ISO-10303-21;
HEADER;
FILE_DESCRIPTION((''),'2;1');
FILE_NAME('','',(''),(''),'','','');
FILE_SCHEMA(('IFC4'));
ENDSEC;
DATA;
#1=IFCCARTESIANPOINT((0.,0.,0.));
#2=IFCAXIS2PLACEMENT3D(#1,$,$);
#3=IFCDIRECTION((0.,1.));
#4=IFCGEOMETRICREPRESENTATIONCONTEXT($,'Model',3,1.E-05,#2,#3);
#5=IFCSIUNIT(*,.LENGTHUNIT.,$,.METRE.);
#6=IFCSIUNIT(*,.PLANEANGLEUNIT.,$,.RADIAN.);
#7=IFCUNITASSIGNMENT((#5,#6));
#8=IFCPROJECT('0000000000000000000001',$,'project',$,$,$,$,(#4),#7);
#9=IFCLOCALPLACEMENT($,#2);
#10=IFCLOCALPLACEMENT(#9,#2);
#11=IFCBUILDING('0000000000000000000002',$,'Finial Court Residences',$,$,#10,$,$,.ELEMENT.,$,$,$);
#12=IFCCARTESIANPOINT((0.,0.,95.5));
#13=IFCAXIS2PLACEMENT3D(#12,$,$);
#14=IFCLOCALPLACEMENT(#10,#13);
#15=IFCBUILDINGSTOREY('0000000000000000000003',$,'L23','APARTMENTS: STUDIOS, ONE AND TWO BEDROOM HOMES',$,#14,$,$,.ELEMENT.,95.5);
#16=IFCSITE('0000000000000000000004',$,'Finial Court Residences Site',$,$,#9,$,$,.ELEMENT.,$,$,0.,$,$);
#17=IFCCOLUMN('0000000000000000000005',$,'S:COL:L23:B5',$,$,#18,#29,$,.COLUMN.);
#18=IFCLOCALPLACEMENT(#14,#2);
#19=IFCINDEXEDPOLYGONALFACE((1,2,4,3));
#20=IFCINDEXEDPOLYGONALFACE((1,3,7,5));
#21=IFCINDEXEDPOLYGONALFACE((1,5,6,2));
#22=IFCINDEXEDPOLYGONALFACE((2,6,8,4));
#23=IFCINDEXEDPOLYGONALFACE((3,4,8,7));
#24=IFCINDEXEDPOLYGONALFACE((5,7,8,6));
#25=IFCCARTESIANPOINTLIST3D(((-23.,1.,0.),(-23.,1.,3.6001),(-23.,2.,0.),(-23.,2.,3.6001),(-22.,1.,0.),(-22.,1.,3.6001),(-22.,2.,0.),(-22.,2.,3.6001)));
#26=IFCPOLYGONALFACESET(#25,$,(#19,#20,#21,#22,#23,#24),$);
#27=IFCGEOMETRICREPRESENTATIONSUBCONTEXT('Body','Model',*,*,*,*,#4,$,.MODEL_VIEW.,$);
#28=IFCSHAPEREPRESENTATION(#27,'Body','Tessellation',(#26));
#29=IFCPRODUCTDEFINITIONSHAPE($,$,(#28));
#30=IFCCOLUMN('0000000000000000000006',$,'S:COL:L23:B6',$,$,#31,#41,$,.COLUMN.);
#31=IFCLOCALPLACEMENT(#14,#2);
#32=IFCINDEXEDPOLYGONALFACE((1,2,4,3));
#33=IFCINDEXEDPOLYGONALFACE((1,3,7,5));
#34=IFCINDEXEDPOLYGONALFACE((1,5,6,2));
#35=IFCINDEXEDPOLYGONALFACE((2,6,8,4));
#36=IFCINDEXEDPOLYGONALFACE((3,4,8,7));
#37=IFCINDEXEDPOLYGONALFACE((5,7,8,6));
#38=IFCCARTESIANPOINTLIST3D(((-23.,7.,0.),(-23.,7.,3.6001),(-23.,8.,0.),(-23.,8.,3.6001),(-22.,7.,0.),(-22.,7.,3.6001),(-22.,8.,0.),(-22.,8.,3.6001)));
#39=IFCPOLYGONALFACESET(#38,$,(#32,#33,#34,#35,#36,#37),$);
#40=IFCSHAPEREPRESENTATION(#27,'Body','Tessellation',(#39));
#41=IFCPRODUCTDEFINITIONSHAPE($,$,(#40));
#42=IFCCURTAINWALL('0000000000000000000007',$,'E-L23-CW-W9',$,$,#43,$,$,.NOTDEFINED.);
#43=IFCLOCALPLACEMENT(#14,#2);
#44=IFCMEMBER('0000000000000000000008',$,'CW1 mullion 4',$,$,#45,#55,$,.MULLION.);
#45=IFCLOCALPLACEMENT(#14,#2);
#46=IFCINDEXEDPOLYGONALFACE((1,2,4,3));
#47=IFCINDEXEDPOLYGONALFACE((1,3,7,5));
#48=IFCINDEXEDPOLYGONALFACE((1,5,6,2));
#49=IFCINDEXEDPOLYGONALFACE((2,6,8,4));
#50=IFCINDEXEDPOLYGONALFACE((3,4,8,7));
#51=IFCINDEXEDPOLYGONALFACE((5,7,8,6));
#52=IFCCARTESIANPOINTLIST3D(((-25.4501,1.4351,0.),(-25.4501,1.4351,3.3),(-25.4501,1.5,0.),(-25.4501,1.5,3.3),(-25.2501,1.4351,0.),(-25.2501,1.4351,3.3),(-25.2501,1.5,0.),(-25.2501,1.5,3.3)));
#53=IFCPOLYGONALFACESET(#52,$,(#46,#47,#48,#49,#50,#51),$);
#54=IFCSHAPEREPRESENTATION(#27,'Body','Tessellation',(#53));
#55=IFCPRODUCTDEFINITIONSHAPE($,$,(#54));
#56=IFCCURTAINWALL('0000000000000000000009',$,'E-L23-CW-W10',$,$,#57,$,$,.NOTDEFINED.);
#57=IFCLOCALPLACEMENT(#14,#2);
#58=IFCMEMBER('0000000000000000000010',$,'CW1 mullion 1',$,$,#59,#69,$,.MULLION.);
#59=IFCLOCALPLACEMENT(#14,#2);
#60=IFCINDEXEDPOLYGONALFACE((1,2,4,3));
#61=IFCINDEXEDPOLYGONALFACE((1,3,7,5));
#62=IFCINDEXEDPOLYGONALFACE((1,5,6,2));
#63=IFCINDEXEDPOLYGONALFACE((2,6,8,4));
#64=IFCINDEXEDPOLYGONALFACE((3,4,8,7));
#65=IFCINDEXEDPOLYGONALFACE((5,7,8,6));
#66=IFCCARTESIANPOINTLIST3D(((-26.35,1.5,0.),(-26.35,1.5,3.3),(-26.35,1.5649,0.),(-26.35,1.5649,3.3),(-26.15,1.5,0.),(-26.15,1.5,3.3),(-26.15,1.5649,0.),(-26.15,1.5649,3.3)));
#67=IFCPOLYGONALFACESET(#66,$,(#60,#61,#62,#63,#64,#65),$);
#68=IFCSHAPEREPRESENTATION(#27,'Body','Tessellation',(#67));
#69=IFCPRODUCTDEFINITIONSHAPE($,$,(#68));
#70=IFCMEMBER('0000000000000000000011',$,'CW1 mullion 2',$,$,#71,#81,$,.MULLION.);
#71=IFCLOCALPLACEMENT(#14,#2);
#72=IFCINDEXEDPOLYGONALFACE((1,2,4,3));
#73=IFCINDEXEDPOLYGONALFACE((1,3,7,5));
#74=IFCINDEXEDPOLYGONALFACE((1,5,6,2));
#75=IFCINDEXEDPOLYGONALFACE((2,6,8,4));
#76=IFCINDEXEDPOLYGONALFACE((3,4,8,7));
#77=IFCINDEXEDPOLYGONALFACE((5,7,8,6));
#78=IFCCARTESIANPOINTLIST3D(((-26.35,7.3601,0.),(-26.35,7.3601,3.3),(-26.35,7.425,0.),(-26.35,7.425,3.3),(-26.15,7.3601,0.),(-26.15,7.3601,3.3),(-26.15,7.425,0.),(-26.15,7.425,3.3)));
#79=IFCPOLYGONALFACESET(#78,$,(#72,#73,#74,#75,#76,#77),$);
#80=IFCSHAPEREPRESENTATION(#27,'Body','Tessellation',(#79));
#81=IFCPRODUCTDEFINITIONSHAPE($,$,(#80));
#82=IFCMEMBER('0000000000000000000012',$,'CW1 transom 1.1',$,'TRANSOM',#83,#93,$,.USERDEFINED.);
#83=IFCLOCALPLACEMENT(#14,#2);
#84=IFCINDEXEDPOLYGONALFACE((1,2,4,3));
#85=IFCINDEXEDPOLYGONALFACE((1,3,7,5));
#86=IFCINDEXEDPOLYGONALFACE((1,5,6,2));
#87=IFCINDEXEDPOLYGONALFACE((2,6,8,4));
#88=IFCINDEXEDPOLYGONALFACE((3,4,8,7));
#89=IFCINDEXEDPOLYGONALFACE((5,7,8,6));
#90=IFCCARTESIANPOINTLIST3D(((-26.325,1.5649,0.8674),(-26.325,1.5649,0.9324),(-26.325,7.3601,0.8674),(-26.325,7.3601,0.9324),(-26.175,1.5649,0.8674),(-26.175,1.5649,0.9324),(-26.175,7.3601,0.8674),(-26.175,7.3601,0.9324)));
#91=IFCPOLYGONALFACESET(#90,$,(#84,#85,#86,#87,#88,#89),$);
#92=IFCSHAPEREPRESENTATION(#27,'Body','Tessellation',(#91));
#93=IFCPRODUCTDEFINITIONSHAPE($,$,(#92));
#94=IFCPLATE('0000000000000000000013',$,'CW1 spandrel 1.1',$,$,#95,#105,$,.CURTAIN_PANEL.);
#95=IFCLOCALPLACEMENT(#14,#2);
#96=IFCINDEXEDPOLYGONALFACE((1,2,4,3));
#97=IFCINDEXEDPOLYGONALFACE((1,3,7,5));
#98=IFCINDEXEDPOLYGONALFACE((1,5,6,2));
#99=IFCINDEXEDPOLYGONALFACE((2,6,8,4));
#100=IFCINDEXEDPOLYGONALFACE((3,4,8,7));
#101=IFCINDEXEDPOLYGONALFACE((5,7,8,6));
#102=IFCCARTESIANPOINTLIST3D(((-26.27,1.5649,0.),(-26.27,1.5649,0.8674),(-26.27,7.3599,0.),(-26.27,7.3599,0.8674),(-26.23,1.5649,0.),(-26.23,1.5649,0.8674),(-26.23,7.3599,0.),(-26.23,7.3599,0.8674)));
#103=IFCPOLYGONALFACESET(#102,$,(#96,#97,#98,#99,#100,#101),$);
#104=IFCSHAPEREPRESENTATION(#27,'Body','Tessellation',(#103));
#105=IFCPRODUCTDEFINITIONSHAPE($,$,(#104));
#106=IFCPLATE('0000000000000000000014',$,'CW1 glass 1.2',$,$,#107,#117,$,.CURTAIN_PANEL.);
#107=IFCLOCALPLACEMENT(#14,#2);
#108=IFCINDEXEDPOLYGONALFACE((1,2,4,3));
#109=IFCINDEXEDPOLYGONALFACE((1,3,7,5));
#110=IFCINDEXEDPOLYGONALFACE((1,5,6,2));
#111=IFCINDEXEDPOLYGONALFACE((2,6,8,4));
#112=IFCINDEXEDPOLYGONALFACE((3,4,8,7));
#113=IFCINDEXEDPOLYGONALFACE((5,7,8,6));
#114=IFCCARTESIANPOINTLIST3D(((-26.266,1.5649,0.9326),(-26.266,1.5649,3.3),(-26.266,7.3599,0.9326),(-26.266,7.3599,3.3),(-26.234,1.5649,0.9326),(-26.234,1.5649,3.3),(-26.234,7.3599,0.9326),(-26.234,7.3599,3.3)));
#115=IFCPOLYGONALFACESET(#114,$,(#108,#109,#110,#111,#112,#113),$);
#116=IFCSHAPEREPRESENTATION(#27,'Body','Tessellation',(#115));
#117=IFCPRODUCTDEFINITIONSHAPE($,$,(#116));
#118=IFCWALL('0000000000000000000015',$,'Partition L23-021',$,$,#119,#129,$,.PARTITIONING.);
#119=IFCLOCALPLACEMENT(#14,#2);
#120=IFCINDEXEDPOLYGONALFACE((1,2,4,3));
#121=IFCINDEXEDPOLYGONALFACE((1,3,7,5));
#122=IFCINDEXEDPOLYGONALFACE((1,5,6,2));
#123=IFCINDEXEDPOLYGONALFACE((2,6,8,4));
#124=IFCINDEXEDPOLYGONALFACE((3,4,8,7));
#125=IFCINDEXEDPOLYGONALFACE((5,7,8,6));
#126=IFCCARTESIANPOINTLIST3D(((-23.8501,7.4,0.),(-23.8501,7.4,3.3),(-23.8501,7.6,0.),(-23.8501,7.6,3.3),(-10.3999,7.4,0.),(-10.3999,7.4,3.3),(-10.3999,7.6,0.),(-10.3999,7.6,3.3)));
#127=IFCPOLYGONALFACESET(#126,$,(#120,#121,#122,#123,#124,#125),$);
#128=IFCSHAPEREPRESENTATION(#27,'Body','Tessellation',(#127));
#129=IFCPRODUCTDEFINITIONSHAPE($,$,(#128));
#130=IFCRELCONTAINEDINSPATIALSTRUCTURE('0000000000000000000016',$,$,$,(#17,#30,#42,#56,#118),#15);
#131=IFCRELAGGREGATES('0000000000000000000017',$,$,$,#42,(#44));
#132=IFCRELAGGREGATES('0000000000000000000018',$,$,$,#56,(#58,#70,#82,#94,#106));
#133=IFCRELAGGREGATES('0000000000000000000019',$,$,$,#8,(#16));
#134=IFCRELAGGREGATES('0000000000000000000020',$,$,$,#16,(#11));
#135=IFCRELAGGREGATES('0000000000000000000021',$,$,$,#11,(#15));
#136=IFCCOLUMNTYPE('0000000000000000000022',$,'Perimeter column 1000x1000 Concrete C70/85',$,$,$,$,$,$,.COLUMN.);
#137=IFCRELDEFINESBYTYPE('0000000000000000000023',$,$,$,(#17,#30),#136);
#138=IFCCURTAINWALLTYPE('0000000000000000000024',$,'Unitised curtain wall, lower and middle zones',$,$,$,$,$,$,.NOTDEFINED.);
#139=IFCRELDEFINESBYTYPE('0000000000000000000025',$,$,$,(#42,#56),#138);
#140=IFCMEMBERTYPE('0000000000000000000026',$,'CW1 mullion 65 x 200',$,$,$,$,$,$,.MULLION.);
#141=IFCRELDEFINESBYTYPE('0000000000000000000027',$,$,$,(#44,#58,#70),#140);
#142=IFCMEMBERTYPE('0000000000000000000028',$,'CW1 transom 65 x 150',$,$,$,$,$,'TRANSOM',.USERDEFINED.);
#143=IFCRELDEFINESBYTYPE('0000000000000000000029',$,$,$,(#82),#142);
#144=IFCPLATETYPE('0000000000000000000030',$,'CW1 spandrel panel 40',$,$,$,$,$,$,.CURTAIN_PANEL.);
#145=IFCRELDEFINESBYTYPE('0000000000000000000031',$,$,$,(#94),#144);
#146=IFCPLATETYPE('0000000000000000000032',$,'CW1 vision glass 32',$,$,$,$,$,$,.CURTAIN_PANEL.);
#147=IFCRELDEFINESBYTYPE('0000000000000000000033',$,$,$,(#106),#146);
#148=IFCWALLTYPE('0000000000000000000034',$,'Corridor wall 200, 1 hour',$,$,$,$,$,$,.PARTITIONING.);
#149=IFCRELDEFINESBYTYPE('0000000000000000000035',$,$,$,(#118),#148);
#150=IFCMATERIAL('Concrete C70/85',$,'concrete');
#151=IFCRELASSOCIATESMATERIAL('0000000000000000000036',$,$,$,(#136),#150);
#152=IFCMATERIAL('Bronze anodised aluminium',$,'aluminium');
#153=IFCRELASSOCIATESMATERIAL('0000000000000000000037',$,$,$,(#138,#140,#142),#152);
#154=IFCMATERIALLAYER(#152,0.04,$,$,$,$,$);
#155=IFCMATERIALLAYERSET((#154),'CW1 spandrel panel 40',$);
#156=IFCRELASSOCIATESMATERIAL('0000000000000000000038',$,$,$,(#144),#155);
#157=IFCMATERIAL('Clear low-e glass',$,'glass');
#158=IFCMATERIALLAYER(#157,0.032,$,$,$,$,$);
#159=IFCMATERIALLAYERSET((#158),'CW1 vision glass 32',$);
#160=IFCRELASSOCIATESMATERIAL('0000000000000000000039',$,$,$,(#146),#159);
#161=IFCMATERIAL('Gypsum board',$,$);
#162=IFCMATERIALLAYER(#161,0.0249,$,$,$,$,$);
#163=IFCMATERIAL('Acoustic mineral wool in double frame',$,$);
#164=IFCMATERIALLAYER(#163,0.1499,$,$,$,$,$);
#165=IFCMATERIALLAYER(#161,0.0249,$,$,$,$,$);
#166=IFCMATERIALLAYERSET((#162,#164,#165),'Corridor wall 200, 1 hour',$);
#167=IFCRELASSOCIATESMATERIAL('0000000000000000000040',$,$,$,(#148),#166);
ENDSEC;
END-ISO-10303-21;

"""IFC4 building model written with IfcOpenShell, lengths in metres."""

from ifc_helpers import new_model, si_unit, direction, frame, frame_2d, origin, origin_2d, place, context, subcontext, project, spatial, rectangle, extrude, material, layer, layer_set, material_profile, profile_set, type_object, element, aggregate, save


model = new_model("IFC4")

# Units and contexts
model_context = context("Model", 3, precision=1e-05, world=origin(), true_north=direction((0.0, 1.0)))
body_context = subcontext(model_context, "Body", "Model", "MODEL_VIEW")
ifc_project = project(units=[si_unit("LENGTHUNIT", "METRE"), si_unit("PLANEANGLEUNIT", "RADIAN")], contexts=[model_context])

# Site, building, storey
site_placement = place(None, origin())
site = spatial("IfcSite", under=ifc_project, at=site_placement, Name="Finial Court Residences Site", CompositionType="ELEMENT", RefElevation=0.0)
building_placement = place(site_placement, origin())
building = spatial("IfcBuilding", under=site, at=building_placement, Name="Finial Court Residences", CompositionType="ELEMENT")
storey_placement = place(building_placement, frame((0.0, 0.0, 95.5)))
storey = spatial("IfcBuildingStorey", under=building, at=storey_placement, Name="L23", Description="APARTMENTS: STUDIOS, ONE AND TWO BEDROOM HOMES", CompositionType="ELEMENT", Elevation=95.5)

# Columns
ifc_material_1 = material(Name="Concrete C70/85", Category="concrete")
ifc_material_profile_1 = material_profile(ifc_material_1, rectangle(XDim=1.0, YDim=1.0, at=origin_2d()), Name="1000x1000")
ifc_profile_set_1 = profile_set([ifc_material_profile_1], Name="Concrete C70/85")
column_type = type_object("IfcColumnType", Name="Perimeter column 1000x1000 Concrete C70/85", PredefinedType="COLUMN", material=ifc_profile_set_1)
for number, where, z_axis, x_axis, name in (
    (1, (-22.5, 1.5, 0.0), (0.0, 0.0, 1.0), (1.0, 0.0, 0.0), "S:COL:L23:B5"),
    (2, (-22.5, 7.5, 0.0), (0.0, 0.0, 1.0), (1.0, 0.0, 0.0), "S:COL:L23:B6"),
):
    element("IfcColumn", number, at=place(storey_placement, frame(where, z_axis=z_axis, x_axis=x_axis)), inside=storey, type_object=column_type, Name=name, PredefinedType="COLUMN", context=body_context, shape_type="SweptSolid", body=[
        extrude(rectangle(XDim=1.0, YDim=1.0, at=origin_2d()), origin(), (0.0, 0.0, 1.0), 3.6001),
    ])

# Curtain wall, member
ifc_material_2 = material(Name="Bronze anodised aluminium", Category="aluminium")
curtain_wall_type = type_object("IfcCurtainWallType", Name="Unitised curtain wall, lower and middle zones", PredefinedType="NOTDEFINED", material=ifc_material_2)
curtain_wall_1_placement = place(storey_placement, origin())
curtain_wall_1 = element("IfcCurtainWall", 3, at=curtain_wall_1_placement, inside=storey, type_object=curtain_wall_type, Name="E-L23-CW-W9", PredefinedType="NOTDEFINED")
ifc_material_profile_2 = material_profile(ifc_material_2, rectangle(XDim=0.2, YDim=0.0649, at=origin_2d()), Name="CW1 mullion 65 x 200")
ifc_profile_set_2 = profile_set([ifc_material_profile_2], Name="Bronze anodised aluminium")
member_type_1 = type_object("IfcMemberType", Name="CW1 mullion 65 x 200", PredefinedType="MULLION", material=ifc_profile_set_2)
member_1_placement = place(storey_placement, frame((-25.3501, 1.4675, 0.0), z_axis=(0.0, 0.0, 1.0), x_axis=(-1.0, 0.0, 0.0)))
member_1 = element("IfcMember", 4, at=member_1_placement, type_object=member_type_1, Name="CW1 mullion 4", PredefinedType="MULLION", context=body_context, shape_type="SweptSolid", body=[
    extrude(rectangle(XDim=0.2, YDim=0.0649, at=origin_2d()), origin(), (0.0, 0.0, 1.0), 3.3),
])
aggregate(curtain_wall_1, [member_1])

# Curtain wall, members, plates
curtain_wall_2_placement = place(storey_placement, origin())
curtain_wall_2 = element("IfcCurtainWall", 5, at=curtain_wall_2_placement, inside=storey, type_object=curtain_wall_type, Name="E-L23-CW-W10", PredefinedType="NOTDEFINED")
member_2_placement = place(storey_placement, frame((-26.25, 1.5325, 0.0), z_axis=(0.0, 0.0, 1.0), x_axis=(-1.0, 0.0, 0.0)))
member_2 = element("IfcMember", 6, at=member_2_placement, type_object=member_type_1, Name="CW1 mullion 1", PredefinedType="MULLION", context=body_context, shape_type="SweptSolid", body=[
    extrude(rectangle(XDim=0.2, YDim=0.0649, at=origin_2d()), origin(), (0.0, 0.0, 1.0), 3.3),
])
member_3_placement = place(storey_placement, frame((-26.25, 7.3926, 0.0), z_axis=(0.0, 0.0, 1.0), x_axis=(-1.0, 0.0, 0.0)))
member_3 = element("IfcMember", 7, at=member_3_placement, type_object=member_type_1, Name="CW1 mullion 2", PredefinedType="MULLION", context=body_context, shape_type="SweptSolid", body=[
    extrude(rectangle(XDim=0.2, YDim=0.0649, at=origin_2d()), origin(), (0.0, 0.0, 1.0), 3.3),
])
ifc_material_profile_3 = material_profile(ifc_material_2, rectangle(XDim=0.1499, YDim=0.0649, at=origin_2d()), Name="CW1 transom 65 x 150")
ifc_profile_set_3 = profile_set([ifc_material_profile_3], Name="Bronze anodised aluminium")
member_type_2 = type_object("IfcMemberType", Name="CW1 transom 65 x 150", ElementType="TRANSOM", PredefinedType="USERDEFINED", material=ifc_profile_set_3)
member_4_placement = place(storey_placement, frame((-26.25, 1.5649, 0.8999), z_axis=(0.0, 1.0, 0.0), x_axis=(-1.0, 0.0, 0.0)))
member_4 = element("IfcMember", 8, at=member_4_placement, type_object=member_type_2, Name="CW1 transom 1.1", ObjectType="TRANSOM", PredefinedType="USERDEFINED", context=body_context, shape_type="SweptSolid", body=[
    extrude(rectangle(XDim=0.1499, YDim=0.0649, at=origin_2d()), origin(), (0.0, 0.0, 1.0), 5.7952),
])
ifc_layer_1 = layer(ifc_material_2, 0.04)
ifc_layer_set_1 = layer_set([ifc_layer_1], Name="CW1 spandrel panel 40")
plate_type_1 = type_object("IfcPlateType", Name="CW1 spandrel panel 40", PredefinedType="CURTAIN_PANEL", material=ifc_layer_set_1)
plate_1_placement = place(storey_placement, frame((-26.25, 4.4624, 0.0), z_axis=(0.0, 0.0, 1.0), x_axis=(0.0, 1.0, 0.0)))
plate_1 = element("IfcPlate", 9, at=plate_1_placement, type_object=plate_type_1, Name="CW1 spandrel 1.1", PredefinedType="CURTAIN_PANEL", context=body_context, shape_type="SweptSolid", body=[
    extrude(rectangle(XDim=5.7949, YDim=0.04, at=origin_2d()), origin(), (0.0, 0.0, 1.0), 0.8674),
])
ifc_material_3 = material(Name="Clear low-e glass", Category="glass")
ifc_layer_2 = layer(ifc_material_3, 0.032)
ifc_layer_set_2 = layer_set([ifc_layer_2], Name="CW1 vision glass 32")
plate_type_2 = type_object("IfcPlateType", Name="CW1 vision glass 32", PredefinedType="CURTAIN_PANEL", material=ifc_layer_set_2)
plate_2_placement = place(storey_placement, frame((-26.25, 4.4624, 0.9326), z_axis=(0.0, 0.0, 1.0), x_axis=(0.0, 1.0, 0.0)))
plate_2 = element("IfcPlate", 10, at=plate_2_placement, type_object=plate_type_2, Name="CW1 glass 1.2", PredefinedType="CURTAIN_PANEL", context=body_context, shape_type="SweptSolid", body=[
    extrude(rectangle(XDim=5.7949, YDim=0.032, at=origin_2d()), origin(), (0.0, 0.0, 1.0), 2.3674),
])
aggregate(curtain_wall_2, [member_2, member_3, member_4, plate_1, plate_2])

# Wall
ifc_material_4 = material(Name="Gypsum board")
ifc_layer_3 = layer(ifc_material_4, 0.0249)
ifc_material_5 = material(Name="Acoustic mineral wool in double frame")
ifc_layer_4 = layer(ifc_material_5, 0.1499)
ifc_layer_5 = layer(ifc_material_4, 0.0249)
ifc_layer_set_3 = layer_set([ifc_layer_3, ifc_layer_4, ifc_layer_5], Name="Corridor wall 200, 1 hour")
wall_type_1 = type_object("IfcWallType", Name="Corridor wall 200, 1 hour", PredefinedType="PARTITIONING", material=ifc_layer_set_3)
wall_1_placement = place(storey_placement, frame((-23.8501, 7.5, 0.0), z_axis=(0.0, 0.0, 1.0), x_axis=(1.0, 0.0, 0.0)))
element("IfcWall", 11, at=wall_1_placement, inside=storey, type_object=wall_type_1, Name="Partition L23-021", PredefinedType="PARTITIONING", context=body_context, shape_type="SweptSolid", body=[
    extrude(rectangle(XDim=13.4502, YDim=0.2, at=frame_2d((6.7251, 0.0))), origin(), (0.0, 0.0, 1.0), 3.3),
])

save(model, "model.ifc")
